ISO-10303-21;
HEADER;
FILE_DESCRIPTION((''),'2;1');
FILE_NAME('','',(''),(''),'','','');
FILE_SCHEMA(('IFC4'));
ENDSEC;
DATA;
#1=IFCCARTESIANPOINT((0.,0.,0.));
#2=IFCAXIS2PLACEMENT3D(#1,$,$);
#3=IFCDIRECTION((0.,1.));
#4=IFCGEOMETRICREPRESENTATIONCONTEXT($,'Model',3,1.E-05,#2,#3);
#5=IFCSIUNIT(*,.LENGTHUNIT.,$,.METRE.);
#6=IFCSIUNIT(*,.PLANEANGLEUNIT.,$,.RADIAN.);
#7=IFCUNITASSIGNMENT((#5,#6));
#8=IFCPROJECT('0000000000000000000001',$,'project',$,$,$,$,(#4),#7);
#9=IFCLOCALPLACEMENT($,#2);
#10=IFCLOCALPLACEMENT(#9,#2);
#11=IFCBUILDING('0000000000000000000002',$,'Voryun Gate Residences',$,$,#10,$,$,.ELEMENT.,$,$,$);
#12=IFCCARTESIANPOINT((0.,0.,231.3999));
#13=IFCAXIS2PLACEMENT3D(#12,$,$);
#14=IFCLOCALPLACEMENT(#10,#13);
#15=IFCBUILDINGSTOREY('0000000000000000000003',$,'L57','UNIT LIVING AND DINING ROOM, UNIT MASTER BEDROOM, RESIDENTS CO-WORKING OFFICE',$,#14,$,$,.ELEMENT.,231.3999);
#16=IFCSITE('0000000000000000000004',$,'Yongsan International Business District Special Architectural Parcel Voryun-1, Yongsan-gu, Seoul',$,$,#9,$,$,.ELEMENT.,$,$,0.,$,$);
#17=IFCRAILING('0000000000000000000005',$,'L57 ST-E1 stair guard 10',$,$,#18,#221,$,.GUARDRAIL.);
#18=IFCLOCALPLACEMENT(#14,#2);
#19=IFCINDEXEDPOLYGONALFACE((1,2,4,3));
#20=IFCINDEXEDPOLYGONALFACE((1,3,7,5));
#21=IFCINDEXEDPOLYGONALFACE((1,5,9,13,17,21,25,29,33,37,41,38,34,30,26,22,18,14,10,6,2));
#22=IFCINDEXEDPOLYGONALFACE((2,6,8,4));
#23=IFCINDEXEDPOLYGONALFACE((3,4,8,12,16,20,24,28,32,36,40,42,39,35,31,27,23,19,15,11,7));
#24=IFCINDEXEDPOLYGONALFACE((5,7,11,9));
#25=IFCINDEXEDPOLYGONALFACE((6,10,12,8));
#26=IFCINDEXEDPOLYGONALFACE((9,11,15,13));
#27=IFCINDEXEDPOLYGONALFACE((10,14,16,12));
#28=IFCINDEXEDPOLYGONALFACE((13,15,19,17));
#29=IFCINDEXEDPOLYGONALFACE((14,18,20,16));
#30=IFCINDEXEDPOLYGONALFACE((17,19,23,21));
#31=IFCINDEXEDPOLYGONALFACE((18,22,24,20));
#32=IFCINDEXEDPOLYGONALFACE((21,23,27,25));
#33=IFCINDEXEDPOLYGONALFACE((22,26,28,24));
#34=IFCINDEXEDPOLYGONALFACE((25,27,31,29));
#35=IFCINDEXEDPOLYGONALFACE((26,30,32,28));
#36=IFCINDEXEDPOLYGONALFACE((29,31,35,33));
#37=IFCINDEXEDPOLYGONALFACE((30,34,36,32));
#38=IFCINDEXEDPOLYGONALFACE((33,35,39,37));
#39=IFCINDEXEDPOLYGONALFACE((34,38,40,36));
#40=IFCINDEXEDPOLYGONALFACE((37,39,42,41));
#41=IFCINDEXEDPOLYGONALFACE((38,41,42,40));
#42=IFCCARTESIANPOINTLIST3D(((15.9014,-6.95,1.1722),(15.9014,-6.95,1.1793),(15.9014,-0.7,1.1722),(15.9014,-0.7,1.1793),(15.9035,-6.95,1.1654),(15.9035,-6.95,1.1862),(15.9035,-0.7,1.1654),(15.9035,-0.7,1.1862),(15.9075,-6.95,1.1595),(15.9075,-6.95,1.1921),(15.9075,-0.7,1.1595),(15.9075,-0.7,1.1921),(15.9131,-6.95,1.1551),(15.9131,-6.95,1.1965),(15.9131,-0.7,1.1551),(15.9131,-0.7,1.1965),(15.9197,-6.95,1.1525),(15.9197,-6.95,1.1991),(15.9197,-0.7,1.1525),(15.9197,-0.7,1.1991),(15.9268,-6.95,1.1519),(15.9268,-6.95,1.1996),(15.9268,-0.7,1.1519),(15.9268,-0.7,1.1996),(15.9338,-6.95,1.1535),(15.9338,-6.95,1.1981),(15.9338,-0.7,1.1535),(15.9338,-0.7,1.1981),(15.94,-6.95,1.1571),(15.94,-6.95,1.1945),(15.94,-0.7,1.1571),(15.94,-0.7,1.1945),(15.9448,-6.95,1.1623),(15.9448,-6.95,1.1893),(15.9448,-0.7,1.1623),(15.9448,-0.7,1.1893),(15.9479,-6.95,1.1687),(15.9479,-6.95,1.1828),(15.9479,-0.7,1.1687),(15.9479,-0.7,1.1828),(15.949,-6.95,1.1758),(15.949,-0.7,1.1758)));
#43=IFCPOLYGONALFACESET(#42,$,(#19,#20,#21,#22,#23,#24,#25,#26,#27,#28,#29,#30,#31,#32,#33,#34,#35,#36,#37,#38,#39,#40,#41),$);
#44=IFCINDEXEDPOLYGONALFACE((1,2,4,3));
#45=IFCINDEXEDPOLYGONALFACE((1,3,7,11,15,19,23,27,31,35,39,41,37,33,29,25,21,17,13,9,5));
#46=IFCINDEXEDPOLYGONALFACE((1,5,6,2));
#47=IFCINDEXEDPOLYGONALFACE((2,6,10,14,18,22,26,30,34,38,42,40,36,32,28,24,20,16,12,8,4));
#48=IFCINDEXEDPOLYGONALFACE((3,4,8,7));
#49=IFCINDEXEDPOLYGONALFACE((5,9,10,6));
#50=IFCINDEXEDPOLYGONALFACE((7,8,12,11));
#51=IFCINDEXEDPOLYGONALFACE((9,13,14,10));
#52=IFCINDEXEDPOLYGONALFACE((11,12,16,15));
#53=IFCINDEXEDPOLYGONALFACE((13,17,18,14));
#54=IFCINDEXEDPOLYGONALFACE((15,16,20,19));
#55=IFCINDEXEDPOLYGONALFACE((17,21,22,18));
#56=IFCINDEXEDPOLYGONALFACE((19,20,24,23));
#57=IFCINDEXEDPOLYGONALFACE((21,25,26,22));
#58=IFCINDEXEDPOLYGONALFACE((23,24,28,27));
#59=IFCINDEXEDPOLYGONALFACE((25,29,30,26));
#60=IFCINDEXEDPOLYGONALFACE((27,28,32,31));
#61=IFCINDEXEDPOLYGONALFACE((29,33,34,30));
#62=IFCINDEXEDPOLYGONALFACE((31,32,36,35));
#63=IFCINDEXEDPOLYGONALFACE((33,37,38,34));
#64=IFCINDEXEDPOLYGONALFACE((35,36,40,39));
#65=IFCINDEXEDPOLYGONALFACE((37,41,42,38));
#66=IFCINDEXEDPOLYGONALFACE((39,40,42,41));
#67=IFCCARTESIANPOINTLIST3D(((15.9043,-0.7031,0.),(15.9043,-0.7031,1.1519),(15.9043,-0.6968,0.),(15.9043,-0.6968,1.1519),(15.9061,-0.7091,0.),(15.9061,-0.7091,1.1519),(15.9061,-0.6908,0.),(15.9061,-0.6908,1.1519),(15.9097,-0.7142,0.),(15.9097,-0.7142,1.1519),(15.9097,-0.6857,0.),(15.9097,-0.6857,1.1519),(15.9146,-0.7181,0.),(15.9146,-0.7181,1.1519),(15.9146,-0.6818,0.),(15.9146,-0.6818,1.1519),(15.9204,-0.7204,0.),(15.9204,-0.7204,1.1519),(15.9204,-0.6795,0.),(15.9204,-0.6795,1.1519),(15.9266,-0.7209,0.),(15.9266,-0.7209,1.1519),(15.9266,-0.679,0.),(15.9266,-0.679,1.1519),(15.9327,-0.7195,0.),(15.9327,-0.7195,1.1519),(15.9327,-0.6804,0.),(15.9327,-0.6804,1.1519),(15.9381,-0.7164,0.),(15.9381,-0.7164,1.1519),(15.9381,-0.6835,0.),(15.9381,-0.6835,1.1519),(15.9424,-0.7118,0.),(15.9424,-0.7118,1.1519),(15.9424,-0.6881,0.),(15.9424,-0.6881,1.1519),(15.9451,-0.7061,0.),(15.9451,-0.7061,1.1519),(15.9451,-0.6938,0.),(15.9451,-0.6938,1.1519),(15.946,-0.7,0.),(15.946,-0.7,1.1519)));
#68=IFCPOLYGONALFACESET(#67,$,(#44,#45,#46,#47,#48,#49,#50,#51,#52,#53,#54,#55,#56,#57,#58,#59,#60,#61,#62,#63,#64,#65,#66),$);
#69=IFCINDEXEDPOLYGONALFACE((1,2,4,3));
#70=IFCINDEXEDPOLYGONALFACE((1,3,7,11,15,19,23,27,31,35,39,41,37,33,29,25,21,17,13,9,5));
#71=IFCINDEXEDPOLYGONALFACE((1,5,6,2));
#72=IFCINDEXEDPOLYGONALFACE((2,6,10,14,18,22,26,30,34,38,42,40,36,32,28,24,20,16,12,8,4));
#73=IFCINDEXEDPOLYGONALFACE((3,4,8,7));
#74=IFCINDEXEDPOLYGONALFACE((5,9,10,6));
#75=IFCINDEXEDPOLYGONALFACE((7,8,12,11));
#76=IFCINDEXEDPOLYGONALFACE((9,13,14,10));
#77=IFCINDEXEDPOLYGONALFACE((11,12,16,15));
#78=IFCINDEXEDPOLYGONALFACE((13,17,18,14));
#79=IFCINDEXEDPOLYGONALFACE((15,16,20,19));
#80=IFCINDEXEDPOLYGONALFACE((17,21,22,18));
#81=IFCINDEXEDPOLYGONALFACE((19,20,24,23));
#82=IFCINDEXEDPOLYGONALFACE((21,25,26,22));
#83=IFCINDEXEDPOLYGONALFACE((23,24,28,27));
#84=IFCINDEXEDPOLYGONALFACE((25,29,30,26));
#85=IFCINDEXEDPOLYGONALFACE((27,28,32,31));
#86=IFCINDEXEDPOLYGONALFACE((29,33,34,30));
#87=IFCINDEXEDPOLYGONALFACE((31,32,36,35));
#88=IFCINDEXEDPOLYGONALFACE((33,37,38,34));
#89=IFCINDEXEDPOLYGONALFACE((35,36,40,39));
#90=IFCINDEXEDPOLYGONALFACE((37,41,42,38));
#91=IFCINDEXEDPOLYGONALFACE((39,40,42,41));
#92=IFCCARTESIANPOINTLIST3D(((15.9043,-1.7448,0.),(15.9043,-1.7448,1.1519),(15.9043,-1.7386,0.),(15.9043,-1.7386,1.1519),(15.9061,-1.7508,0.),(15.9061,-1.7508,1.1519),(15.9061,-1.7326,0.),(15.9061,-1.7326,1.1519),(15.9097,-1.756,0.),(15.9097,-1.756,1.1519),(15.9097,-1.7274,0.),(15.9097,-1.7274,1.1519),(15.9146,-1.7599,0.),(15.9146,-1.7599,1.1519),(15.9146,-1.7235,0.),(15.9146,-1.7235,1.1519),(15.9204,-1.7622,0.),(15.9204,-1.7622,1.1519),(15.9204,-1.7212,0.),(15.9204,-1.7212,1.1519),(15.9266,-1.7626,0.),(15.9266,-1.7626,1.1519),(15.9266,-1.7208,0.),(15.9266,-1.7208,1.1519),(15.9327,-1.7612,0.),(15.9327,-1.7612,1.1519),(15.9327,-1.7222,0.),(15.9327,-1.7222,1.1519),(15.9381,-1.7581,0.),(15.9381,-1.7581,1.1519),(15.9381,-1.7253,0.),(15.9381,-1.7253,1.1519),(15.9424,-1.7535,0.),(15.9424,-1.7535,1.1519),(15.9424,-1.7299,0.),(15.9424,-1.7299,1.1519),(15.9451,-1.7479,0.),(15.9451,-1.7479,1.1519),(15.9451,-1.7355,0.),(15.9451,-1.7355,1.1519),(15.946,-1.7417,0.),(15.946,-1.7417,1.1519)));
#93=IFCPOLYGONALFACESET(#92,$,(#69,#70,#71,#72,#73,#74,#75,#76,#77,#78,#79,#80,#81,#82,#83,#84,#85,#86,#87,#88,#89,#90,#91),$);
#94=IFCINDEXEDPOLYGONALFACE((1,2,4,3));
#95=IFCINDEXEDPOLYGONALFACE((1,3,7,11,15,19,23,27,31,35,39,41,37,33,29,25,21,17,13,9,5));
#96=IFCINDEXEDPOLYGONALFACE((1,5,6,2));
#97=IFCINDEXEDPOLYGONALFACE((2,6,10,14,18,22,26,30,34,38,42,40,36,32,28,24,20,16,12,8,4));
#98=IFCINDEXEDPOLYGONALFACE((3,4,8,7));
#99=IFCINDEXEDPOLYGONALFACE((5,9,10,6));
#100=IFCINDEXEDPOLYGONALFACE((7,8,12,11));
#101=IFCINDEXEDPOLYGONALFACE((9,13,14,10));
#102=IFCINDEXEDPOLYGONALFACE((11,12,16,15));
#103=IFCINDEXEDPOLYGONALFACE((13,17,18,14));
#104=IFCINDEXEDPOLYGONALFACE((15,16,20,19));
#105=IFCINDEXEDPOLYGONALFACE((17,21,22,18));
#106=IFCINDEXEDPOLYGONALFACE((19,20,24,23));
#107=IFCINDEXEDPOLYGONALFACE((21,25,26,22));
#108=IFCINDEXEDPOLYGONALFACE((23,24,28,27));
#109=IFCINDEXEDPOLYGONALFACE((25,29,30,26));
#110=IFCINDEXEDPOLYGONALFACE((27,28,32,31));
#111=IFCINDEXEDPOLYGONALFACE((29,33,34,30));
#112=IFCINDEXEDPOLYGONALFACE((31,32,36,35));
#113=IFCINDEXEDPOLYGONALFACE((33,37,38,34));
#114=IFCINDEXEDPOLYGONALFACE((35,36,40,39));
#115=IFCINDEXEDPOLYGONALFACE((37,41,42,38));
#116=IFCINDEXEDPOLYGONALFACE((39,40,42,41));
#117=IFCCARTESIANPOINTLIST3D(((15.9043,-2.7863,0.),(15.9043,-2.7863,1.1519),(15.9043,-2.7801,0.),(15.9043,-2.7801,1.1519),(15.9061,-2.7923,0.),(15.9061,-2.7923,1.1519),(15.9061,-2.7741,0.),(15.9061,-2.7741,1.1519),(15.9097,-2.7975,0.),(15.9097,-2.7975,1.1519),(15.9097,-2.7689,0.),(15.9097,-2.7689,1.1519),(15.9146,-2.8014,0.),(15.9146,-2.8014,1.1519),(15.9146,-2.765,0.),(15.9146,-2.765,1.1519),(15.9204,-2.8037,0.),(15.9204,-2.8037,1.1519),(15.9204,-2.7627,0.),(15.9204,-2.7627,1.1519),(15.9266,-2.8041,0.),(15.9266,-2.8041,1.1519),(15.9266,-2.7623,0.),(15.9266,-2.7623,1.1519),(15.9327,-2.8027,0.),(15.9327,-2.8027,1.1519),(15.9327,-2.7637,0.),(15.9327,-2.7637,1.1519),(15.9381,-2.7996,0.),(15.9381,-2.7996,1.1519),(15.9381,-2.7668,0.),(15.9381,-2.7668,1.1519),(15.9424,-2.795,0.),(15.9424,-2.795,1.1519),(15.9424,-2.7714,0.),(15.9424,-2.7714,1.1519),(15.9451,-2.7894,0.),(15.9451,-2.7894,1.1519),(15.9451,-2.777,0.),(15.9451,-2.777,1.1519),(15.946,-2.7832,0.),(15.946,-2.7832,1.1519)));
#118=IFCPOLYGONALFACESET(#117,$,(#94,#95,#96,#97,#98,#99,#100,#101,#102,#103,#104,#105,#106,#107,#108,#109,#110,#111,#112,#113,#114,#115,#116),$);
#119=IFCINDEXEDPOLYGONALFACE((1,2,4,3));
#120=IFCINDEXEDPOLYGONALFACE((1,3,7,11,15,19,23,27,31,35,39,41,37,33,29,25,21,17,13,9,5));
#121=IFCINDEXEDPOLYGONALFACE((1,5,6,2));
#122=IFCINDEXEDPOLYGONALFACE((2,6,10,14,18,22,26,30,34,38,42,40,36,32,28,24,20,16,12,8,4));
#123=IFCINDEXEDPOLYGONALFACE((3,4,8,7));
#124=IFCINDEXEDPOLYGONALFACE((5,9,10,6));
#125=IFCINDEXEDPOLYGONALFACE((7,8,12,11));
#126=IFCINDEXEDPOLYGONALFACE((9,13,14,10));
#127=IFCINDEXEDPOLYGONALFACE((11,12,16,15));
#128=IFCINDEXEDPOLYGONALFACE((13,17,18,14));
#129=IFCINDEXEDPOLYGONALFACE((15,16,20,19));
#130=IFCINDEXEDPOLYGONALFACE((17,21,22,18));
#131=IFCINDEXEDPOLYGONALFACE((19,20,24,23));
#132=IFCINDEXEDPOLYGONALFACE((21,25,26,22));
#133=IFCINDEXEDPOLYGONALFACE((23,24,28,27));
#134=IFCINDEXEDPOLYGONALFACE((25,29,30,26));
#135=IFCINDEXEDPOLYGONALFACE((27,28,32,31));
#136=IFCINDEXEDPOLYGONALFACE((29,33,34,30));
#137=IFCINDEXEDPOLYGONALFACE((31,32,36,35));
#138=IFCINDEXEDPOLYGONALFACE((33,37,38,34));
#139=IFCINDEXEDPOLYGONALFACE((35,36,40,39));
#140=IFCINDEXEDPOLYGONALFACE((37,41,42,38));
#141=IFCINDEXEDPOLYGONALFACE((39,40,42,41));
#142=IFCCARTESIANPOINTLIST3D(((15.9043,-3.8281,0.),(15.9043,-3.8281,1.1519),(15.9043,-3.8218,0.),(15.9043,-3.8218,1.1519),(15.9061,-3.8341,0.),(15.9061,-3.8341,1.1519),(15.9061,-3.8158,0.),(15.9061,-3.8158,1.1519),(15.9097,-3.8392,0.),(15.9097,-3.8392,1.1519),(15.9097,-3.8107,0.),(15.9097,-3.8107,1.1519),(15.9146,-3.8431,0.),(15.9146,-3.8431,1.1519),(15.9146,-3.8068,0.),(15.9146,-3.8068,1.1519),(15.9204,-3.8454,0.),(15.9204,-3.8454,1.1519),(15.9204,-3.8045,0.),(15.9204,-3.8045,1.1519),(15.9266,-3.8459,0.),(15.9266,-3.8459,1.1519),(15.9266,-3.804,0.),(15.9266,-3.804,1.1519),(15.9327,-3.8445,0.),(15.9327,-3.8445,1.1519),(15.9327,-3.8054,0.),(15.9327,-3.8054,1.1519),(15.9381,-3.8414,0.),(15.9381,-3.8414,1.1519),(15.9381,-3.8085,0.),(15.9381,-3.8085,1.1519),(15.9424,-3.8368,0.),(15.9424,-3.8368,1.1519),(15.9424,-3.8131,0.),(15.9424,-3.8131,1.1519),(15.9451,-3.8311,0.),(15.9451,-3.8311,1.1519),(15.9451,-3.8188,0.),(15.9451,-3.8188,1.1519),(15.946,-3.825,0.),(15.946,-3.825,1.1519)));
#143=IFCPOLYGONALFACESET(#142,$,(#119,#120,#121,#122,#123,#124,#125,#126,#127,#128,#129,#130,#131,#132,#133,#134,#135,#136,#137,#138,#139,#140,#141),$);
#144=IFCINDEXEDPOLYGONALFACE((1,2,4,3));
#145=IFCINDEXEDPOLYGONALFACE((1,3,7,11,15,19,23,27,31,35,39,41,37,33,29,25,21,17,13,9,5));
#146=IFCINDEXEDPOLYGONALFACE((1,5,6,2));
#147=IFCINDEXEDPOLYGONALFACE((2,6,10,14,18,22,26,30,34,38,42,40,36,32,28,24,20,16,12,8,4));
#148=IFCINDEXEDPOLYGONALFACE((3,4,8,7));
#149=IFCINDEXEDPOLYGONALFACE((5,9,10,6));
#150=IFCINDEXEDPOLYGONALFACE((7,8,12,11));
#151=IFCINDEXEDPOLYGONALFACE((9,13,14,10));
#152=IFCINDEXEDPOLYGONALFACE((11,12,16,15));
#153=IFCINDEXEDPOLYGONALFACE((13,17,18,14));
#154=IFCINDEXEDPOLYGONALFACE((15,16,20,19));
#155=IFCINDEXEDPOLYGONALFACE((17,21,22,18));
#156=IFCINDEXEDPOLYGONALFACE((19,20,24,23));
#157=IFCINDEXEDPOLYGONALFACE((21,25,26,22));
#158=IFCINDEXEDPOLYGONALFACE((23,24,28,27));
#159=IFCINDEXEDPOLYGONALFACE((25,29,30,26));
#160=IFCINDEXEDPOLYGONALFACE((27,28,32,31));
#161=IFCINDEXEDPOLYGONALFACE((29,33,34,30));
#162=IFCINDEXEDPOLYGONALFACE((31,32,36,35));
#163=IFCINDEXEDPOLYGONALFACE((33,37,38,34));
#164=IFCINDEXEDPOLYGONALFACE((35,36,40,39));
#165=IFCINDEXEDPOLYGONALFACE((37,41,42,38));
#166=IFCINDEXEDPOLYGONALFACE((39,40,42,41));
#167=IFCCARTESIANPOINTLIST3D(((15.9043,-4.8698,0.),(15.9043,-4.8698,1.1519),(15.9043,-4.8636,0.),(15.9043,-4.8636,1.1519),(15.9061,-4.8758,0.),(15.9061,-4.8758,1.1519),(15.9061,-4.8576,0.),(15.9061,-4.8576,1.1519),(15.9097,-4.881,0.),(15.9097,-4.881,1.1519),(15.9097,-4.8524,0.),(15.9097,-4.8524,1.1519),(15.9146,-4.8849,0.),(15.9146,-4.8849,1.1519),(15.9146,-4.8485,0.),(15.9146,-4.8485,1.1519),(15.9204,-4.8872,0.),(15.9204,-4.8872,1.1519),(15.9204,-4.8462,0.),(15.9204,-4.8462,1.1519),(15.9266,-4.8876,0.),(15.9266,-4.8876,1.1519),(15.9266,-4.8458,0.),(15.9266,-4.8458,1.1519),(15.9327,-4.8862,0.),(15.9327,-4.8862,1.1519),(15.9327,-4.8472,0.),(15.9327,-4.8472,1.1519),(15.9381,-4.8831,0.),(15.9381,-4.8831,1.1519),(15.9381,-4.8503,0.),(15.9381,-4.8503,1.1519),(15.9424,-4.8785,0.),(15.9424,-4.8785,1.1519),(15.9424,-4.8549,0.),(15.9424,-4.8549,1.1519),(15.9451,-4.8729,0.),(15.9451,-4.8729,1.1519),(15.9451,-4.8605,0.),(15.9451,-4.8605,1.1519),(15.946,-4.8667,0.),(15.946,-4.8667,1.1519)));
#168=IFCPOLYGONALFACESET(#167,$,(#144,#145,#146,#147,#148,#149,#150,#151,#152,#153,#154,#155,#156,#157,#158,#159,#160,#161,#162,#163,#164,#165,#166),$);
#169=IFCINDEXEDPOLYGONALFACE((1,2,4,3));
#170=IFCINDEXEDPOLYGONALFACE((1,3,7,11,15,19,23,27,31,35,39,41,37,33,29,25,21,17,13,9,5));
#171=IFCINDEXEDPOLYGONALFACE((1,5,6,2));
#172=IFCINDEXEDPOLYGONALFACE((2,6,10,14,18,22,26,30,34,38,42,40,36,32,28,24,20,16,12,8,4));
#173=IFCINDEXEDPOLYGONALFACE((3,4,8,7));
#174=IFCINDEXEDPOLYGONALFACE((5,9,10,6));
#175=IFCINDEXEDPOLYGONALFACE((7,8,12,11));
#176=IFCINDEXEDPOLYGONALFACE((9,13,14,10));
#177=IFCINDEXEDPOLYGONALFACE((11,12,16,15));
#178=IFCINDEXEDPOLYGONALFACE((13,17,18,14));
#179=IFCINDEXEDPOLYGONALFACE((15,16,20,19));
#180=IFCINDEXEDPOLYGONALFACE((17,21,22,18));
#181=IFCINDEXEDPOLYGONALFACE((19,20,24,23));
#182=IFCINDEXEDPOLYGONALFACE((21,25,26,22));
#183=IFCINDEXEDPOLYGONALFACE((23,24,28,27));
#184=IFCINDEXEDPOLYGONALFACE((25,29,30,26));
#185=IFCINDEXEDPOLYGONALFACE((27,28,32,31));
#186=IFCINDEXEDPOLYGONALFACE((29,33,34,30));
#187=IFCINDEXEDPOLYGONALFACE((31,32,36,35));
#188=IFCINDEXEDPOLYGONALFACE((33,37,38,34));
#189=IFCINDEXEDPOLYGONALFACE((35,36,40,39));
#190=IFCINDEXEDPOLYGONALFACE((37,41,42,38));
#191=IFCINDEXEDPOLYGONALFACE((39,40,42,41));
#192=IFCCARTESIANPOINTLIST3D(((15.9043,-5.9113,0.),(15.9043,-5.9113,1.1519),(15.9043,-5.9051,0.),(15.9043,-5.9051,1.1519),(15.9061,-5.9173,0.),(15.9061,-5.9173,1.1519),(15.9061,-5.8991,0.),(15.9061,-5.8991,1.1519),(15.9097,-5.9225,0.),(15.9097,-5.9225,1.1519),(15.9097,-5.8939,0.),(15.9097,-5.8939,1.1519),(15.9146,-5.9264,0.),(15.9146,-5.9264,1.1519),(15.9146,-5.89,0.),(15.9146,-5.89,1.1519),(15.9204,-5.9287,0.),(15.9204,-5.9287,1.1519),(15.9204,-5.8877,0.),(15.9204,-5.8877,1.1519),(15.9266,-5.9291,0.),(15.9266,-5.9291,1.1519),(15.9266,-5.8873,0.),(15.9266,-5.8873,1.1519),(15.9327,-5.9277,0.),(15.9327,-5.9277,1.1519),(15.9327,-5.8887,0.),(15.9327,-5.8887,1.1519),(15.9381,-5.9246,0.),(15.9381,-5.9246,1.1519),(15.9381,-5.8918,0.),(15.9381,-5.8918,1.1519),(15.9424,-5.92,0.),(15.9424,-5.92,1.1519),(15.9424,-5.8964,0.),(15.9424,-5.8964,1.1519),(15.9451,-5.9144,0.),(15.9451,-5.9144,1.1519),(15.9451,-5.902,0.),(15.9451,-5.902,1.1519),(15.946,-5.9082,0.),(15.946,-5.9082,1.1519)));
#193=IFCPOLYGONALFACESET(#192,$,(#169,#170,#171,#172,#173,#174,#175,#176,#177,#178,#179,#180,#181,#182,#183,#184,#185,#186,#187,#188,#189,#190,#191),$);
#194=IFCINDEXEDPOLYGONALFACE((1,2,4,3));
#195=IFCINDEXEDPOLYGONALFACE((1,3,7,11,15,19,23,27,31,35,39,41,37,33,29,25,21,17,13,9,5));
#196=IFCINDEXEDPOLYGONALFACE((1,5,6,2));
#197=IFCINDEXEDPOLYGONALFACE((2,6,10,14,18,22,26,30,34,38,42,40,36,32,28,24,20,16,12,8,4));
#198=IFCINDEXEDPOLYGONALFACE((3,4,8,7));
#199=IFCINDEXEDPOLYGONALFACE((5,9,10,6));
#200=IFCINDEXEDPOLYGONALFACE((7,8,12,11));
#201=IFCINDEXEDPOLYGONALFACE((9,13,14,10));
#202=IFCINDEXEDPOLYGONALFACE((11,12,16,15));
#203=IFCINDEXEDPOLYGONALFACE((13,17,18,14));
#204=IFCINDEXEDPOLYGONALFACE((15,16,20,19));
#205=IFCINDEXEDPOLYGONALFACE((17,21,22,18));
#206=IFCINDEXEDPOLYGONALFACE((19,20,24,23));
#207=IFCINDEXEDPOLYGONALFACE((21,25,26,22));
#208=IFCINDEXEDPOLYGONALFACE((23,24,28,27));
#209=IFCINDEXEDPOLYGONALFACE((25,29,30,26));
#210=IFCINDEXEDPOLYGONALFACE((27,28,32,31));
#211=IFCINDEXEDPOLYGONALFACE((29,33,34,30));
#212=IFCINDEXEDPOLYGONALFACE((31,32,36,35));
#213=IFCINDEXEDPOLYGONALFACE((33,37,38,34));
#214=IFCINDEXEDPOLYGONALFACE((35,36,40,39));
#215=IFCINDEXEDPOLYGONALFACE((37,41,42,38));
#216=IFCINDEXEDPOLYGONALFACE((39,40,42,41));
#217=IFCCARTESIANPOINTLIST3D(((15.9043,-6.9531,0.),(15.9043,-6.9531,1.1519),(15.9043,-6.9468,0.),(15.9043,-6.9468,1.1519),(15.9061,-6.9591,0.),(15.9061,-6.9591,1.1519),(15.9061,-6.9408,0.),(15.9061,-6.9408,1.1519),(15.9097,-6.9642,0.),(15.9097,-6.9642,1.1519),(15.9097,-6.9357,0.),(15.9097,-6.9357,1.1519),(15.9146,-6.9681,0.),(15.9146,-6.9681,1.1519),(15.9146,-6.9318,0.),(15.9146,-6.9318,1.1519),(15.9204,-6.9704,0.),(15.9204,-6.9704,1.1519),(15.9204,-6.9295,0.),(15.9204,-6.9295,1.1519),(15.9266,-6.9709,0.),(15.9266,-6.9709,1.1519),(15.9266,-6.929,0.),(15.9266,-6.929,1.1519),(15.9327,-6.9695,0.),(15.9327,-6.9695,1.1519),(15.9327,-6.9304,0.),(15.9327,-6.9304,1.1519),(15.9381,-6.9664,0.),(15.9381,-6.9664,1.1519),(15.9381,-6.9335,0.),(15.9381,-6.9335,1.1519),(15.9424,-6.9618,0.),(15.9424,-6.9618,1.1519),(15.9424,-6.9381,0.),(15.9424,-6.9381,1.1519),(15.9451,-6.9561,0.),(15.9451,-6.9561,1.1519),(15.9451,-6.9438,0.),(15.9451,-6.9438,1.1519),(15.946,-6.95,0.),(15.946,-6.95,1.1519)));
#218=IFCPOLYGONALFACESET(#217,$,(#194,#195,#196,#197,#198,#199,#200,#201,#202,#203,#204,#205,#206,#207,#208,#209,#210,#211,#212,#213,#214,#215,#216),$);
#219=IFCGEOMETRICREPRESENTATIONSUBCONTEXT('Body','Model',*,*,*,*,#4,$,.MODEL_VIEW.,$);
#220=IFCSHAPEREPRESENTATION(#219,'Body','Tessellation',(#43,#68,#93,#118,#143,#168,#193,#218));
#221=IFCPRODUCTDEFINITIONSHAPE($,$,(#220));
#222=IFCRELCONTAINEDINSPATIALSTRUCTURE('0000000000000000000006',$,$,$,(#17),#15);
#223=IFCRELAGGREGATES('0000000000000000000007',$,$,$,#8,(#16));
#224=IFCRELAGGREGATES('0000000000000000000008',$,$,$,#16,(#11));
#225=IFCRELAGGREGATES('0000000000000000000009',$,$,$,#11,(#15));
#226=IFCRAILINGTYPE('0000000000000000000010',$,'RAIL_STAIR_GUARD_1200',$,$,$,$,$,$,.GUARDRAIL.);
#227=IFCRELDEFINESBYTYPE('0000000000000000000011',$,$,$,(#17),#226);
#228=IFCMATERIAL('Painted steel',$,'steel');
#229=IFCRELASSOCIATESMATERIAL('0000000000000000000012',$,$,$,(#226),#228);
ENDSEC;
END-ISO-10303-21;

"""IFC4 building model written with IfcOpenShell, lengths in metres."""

from ifc_helpers import new_model, si_unit, direction, frame, origin, origin_2d, place, context, subcontext, project, spatial, circle, extrude, material, type_object, element, save


model = new_model("IFC4")

# Units and contexts
model_context = context("Model", 3, precision=1e-05, world=origin(), true_north=direction((0.0, 1.0)))
body_context = subcontext(model_context, "Body", "Model", "MODEL_VIEW")
ifc_project = project(units=[si_unit("LENGTHUNIT", "METRE"), si_unit("PLANEANGLEUNIT", "RADIAN")], contexts=[model_context])

# Site, building, storey
site_placement = place(None, origin())
site = spatial("IfcSite", under=ifc_project, at=site_placement, Name="Yongsan International Business District Special Architectural Parcel Voryun-1, Yongsan-gu, Seoul", CompositionType="ELEMENT", RefElevation=0.0)
building_placement = place(site_placement, origin())
building = spatial("IfcBuilding", under=site, at=building_placement, Name="Voryun Gate Residences", CompositionType="ELEMENT")
storey_placement = place(building_placement, frame((0.0, 0.0, 231.3999)))
storey = spatial("IfcBuildingStorey", under=building, at=storey_placement, Name="L57", Description="UNIT LIVING AND DINING ROOM, UNIT MASTER BEDROOM, RESIDENTS CO-WORKING OFFICE", CompositionType="ELEMENT", Elevation=231.3999)

# Railing
ifc_material_1 = material(Name="Painted steel", Category="steel")
railing_type_1 = type_object("IfcRailingType", Name="RAIL_STAIR_GUARD_1200", PredefinedType="GUARDRAIL", material=ifc_material_1)
railing_1_placement = place(storey_placement, frame((15.925, -0.7, 0.0)))
element("IfcRailing", 1, at=railing_1_placement, inside=storey, type_object=railing_type_1, Name="L57 ST-E1 stair guard 10", PredefinedType="GUARDRAIL", context=body_context, shape_type="SweptSolid", body=[
    extrude(circle(Radius=0.0239, at=origin_2d()), frame((0.0, 0.0, 1.1758), z_axis=(0.0, -1.0, 0.0), x_axis=(1.0, 0.0, 0.0)), (0.0, 0.0, 1.0), 6.25),
    extrude(circle(Radius=0.021, at=origin_2d()), origin(), (0.0, 0.0, 1.0), 1.1519),
    extrude(circle(Radius=0.021, at=origin_2d()), frame((0.0, -1.0417, 0.0)), (0.0, 0.0, 1.0), 1.1519),
    extrude(circle(Radius=0.021, at=origin_2d()), frame((0.0, -2.0833, 0.0)), (0.0, 0.0, 1.0), 1.1519),
    extrude(circle(Radius=0.021, at=origin_2d()), frame((0.0, -3.125, 0.0)), (0.0, 0.0, 1.0), 1.1519),
    extrude(circle(Radius=0.021, at=origin_2d()), frame((0.0, -4.1667, 0.0)), (0.0, 0.0, 1.0), 1.1519),
    extrude(circle(Radius=0.021, at=origin_2d()), frame((0.0, -5.2083, 0.0)), (0.0, 0.0, 1.0), 1.1519),
    extrude(circle(Radius=0.021, at=origin_2d()), frame((0.0, -6.25, 0.0)), (0.0, 0.0, 1.0), 1.1519),
])

save(model, "model.ifc")
